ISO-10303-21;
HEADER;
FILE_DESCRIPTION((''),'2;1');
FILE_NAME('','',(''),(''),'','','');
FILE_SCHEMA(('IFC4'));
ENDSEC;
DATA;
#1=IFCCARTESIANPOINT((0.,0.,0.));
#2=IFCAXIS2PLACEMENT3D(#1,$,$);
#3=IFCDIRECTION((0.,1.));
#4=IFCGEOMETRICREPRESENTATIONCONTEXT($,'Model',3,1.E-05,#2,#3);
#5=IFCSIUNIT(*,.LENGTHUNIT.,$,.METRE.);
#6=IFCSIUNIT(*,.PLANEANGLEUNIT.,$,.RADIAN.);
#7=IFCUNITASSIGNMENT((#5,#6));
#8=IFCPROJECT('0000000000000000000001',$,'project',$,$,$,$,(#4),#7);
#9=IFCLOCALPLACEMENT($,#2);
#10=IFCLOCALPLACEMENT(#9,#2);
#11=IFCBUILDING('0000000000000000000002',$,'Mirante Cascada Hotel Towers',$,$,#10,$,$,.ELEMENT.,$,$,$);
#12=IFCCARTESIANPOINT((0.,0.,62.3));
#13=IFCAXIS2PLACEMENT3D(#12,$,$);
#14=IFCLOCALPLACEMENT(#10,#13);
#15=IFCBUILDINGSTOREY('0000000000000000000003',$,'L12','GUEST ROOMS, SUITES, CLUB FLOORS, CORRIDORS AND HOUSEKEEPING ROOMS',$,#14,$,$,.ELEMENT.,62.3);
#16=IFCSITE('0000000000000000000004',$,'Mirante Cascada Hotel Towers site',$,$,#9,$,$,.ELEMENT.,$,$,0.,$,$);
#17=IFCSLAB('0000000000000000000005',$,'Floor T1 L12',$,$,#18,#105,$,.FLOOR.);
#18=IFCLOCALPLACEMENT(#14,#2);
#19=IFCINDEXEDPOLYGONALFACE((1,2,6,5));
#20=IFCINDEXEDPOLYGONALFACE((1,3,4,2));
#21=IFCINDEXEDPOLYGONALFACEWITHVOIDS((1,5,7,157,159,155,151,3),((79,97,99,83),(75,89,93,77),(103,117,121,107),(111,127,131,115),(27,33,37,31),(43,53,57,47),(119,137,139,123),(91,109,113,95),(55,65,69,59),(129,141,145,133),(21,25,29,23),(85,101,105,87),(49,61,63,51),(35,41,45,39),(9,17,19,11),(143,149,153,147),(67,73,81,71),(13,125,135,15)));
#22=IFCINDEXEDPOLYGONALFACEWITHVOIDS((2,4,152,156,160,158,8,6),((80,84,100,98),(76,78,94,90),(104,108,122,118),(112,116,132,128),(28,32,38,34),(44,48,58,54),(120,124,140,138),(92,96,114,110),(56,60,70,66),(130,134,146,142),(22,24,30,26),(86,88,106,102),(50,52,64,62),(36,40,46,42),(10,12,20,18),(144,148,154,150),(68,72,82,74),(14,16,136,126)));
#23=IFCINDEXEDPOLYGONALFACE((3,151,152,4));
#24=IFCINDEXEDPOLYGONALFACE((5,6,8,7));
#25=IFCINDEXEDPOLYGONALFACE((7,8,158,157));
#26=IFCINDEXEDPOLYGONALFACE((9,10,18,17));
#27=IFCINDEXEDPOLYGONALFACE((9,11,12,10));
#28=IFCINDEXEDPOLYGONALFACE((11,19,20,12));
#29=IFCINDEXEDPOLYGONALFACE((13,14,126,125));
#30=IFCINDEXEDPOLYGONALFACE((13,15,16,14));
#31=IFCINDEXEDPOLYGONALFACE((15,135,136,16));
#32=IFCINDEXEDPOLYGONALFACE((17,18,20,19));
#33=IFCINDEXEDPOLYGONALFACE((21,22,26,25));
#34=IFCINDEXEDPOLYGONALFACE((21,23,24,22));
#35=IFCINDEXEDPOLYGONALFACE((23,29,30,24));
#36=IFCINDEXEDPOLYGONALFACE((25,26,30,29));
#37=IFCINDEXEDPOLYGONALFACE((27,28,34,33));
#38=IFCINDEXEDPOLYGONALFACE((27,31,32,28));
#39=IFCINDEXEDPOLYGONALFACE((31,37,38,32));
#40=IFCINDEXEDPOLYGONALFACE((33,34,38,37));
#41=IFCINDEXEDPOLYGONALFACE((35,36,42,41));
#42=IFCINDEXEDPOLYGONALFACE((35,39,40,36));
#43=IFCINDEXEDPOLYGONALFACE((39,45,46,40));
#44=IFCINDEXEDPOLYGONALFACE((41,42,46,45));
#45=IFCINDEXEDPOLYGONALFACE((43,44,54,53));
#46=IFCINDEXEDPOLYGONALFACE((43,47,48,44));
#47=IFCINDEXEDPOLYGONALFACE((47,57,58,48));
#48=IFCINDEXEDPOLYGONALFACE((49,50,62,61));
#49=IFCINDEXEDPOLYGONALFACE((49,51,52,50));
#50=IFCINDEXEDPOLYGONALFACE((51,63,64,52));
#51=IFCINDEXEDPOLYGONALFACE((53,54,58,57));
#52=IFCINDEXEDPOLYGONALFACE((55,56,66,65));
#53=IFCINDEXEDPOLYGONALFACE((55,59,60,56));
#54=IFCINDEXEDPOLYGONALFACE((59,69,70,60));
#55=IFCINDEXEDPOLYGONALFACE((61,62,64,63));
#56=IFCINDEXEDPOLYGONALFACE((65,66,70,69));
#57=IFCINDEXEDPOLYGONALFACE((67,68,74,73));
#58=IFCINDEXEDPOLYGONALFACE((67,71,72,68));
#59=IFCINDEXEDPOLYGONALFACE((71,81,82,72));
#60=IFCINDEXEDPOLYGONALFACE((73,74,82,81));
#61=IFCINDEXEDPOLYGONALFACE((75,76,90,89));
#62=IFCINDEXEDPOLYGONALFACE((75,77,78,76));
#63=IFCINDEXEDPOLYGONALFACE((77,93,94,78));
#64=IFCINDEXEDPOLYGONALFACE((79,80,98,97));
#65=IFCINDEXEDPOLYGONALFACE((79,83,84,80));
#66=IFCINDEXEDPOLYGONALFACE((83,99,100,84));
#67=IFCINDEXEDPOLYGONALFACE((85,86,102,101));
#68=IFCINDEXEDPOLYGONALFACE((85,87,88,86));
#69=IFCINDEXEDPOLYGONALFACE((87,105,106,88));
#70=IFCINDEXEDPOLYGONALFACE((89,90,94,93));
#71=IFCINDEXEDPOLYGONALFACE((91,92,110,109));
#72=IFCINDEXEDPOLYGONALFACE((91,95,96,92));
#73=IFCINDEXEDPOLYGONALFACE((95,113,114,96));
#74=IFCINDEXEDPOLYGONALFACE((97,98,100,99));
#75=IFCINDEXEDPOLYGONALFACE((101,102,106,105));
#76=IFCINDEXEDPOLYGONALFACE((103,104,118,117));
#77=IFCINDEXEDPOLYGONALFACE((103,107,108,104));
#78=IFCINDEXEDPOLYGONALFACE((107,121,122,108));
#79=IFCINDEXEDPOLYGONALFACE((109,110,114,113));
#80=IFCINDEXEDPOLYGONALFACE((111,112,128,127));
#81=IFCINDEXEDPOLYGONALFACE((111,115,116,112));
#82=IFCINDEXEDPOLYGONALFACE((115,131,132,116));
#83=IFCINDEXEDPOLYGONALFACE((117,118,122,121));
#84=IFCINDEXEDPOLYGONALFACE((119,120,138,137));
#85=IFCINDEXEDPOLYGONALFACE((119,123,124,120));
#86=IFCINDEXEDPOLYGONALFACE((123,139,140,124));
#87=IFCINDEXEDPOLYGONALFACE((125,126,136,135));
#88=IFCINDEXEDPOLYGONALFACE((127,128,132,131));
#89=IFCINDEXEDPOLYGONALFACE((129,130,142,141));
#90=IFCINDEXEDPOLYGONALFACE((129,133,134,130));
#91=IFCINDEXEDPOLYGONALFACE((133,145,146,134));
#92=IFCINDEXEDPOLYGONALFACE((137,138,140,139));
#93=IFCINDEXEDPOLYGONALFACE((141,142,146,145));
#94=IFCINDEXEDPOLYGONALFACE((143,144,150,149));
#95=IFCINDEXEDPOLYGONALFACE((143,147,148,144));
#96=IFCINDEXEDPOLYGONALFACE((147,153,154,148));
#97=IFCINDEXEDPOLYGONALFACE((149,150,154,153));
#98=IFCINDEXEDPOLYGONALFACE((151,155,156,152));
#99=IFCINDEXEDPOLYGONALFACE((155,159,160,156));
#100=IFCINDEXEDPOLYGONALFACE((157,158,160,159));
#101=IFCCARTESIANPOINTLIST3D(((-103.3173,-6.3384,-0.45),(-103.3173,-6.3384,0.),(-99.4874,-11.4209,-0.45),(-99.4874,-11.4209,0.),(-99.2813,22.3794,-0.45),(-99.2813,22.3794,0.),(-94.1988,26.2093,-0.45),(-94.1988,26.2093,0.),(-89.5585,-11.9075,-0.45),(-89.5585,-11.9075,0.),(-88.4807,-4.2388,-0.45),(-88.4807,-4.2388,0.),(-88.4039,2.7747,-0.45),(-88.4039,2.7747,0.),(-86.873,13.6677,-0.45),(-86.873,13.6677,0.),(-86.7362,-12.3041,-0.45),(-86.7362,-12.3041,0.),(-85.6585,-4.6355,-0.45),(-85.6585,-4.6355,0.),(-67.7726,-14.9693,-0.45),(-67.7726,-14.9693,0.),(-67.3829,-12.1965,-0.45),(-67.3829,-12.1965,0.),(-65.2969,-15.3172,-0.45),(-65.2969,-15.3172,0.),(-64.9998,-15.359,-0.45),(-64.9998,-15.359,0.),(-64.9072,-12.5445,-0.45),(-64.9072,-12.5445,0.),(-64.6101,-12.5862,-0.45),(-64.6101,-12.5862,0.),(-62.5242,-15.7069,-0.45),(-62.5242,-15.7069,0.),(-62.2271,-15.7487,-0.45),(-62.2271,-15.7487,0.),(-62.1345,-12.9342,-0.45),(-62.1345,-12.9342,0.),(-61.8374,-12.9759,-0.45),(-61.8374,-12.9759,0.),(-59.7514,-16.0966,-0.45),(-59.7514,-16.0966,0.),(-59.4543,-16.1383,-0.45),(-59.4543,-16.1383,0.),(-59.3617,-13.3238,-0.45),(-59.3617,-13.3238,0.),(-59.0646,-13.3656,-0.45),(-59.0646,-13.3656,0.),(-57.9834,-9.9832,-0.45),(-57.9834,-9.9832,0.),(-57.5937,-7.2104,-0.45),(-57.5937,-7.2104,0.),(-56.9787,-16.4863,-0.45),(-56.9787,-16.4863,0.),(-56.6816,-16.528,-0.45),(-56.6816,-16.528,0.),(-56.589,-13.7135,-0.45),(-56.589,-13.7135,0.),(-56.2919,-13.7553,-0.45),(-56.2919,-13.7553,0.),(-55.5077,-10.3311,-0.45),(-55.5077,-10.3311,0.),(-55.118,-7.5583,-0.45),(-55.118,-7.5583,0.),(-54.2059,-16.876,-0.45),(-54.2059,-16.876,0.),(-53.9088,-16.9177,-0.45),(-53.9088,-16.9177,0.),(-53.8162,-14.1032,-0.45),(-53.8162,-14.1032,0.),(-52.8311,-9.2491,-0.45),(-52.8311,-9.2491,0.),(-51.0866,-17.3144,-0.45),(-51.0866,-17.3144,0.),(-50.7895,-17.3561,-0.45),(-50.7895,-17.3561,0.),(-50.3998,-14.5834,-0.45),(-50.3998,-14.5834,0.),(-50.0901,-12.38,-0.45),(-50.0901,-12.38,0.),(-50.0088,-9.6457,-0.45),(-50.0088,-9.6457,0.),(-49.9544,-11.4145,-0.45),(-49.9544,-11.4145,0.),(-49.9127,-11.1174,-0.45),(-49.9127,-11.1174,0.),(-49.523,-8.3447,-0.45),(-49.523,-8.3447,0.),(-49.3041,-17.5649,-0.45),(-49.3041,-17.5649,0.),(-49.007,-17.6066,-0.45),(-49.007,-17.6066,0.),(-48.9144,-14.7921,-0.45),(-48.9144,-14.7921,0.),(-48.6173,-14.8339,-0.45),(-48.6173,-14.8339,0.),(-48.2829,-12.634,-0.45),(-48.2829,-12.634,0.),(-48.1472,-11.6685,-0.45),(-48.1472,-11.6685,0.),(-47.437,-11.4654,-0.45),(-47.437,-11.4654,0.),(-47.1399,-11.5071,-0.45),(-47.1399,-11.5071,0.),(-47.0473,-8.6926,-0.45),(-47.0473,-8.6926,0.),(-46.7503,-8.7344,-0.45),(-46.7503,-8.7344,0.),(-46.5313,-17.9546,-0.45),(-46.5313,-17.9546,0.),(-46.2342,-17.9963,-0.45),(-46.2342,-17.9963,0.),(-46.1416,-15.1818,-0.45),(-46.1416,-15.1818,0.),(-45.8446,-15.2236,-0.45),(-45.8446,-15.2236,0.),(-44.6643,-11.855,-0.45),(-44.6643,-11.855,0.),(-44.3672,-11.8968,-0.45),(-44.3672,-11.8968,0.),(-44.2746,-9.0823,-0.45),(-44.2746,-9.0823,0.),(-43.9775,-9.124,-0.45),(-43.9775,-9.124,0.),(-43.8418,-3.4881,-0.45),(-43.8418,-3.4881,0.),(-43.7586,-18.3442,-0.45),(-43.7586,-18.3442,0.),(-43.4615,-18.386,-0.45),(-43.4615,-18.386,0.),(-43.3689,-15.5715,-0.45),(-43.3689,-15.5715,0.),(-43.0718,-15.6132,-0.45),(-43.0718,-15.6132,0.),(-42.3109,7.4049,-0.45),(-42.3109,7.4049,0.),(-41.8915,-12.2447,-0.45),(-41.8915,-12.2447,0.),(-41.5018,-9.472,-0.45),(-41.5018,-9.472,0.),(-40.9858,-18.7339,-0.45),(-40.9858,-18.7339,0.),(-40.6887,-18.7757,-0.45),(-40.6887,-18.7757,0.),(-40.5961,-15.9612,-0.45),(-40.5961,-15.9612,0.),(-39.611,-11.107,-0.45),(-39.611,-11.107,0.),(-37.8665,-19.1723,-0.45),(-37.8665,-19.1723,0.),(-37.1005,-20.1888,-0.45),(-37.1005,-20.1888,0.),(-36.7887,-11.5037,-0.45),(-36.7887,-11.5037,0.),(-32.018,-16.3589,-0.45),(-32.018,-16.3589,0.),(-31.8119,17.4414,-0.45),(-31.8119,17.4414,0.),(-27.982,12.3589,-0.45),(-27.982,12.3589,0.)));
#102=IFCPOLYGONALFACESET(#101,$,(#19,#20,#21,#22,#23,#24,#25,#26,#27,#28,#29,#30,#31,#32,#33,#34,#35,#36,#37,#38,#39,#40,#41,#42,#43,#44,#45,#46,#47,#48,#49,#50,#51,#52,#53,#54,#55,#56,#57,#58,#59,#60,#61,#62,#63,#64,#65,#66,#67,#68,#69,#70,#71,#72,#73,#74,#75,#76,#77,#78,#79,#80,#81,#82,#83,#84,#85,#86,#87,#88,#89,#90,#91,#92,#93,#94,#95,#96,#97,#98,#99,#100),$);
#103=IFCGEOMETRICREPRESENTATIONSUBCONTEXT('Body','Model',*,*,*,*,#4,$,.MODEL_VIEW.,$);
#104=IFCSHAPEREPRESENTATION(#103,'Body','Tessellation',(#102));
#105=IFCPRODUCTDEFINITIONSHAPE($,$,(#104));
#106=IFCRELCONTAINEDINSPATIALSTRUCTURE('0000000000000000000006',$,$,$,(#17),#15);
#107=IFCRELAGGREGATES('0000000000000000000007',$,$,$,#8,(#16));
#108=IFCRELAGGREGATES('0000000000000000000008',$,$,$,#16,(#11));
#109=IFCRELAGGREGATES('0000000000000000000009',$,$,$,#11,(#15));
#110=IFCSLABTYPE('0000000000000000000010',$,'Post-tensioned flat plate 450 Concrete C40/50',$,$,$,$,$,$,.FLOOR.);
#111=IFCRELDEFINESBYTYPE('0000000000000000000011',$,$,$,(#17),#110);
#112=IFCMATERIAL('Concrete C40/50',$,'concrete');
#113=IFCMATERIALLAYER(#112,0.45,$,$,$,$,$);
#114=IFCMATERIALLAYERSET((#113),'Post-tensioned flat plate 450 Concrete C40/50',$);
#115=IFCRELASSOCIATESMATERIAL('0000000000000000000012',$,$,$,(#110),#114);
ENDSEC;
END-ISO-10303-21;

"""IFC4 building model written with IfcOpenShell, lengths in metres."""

from ifc_helpers import new_model, si_unit, direction, frame, origin, place, context, subcontext, project, spatial, polyline, outline, extrude, material, layer, layer_set, type_object, element, save


model = new_model("IFC4")

# Units and contexts
model_context = context("Model", 3, precision=1e-05, world=origin(), true_north=direction((0.0, 1.0)))
body_context = subcontext(model_context, "Body", "Model", "MODEL_VIEW")
ifc_project = project(units=[si_unit("LENGTHUNIT", "METRE"), si_unit("PLANEANGLEUNIT", "RADIAN")], contexts=[model_context])

# Site, building, storey
site_placement = place(None, origin())
site = spatial("IfcSite", under=ifc_project, at=site_placement, Name="Mirante Cascada Hotel Towers site", CompositionType="ELEMENT", RefElevation=0.0)
building_placement = place(site_placement, origin())
building = spatial("IfcBuilding", under=site, at=building_placement, Name="Mirante Cascada Hotel Towers", CompositionType="ELEMENT")
storey_placement = place(building_placement, frame((0.0, 0.0, 62.3)))
storey = spatial("IfcBuildingStorey", under=building, at=storey_placement, Name="L12", Description="GUEST ROOMS, SUITES, CLUB FLOORS, CORRIDORS AND HOUSEKEEPING ROOMS", CompositionType="ELEMENT", Elevation=62.3)

# Slab
ifc_material_1 = material(Name="Concrete C40/50", Category="concrete")
ifc_layer_1 = layer(ifc_material_1, 0.45)
ifc_layer_set_1 = layer_set([ifc_layer_1], Name="Post-tensioned flat plate 450 Concrete C40/50")
slab_type = type_object("IfcSlabType", Name="Post-tensioned flat plate 450 Concrete C40/50", PredefinedType="FLOOR", material=ifc_layer_set_1)
slab_1_placement = place(storey_placement, frame((0.0, 0.0, -0.45)))
element("IfcSlab", 1, at=slab_1_placement, inside=storey, type_object=slab_type, Name="Floor T1 L12", PredefinedType="FLOOR", context=body_context, shape_type="SweptSolid", body=[
    extrude(outline(polyline([(-32.018, -16.3589), (-27.982, 12.3589), (-31.8119, 17.4414), (-94.1988, 26.2093), (-99.2813, 22.3794), (-103.3173, -6.3384), (-99.4874, -11.4209), (-37.1005, -20.1888), (-32.018, -16.3589)]), holes=[polyline([(-43.0718, -15.6132), (-40.5961, -15.9612), (-40.9858, -18.7339), (-43.4615, -18.386), (-43.0718, -15.6132)]), polyline([(-45.8446, -15.2236), (-43.3689, -15.5715), (-43.7586, -18.3442), (-46.2342, -17.9963), (-45.8446, -15.2236)]), polyline([(-48.6173, -14.8339), (-46.1416, -15.1818), (-46.5313, -17.9546), (-49.007, -17.6066), (-48.6173, -14.8339)]), polyline([(-50.3998, -14.5834), (-48.9144, -14.7921), (-49.3041, -17.5649), (-50.7895, -17.3561), (-50.3998, -14.5834)]), polyline([(-36.7887, -11.5037), (-37.8665, -19.1723), (-40.6887, -18.7757), (-39.611, -11.107), (-36.7887, -11.5037)]), polyline([(-49.9544, -11.4145), (-48.1472, -11.6685), (-48.2829, -12.634), (-50.0901, -12.38), (-49.9544, -11.4145)]), polyline([(-43.9775, -9.124), (-41.5018, -9.472), (-41.8915, -12.2447), (-44.3672, -11.8968), (-43.9775, -9.124)]), polyline([(-47.1399, -11.5071), (-46.7503, -8.7344), (-44.2746, -9.0823), (-44.6643, -11.855), (-47.1399, -11.5071)]), polyline([(-49.9127, -11.1174), (-49.523, -8.3447), (-47.0473, -8.6926), (-47.437, -11.4654), (-49.9127, -11.1174)]), polyline([(-56.2919, -13.7553), (-53.8162, -14.1032), (-54.2059, -16.876), (-56.6816, -16.528), (-56.2919, -13.7553)]), polyline([(-59.0646, -13.3656), (-56.589, -13.7135), (-56.9787, -16.4863), (-59.4543, -16.1383), (-59.0646, -13.3656)]), polyline([(-61.8374, -12.9759), (-59.3617, -13.3238), (-59.7514, -16.0966), (-62.2271, -15.7487), (-61.8374, -12.9759)]), polyline([(-64.6101, -12.5862), (-62.1345, -12.9342), (-62.5242, -15.7069), (-64.9998, -15.359), (-64.6101, -12.5862)]), polyline([(-67.3829, -12.1965), (-64.9072, -12.5445), (-65.2969, -15.3172), (-67.7726, -14.9693), (-67.3829, -12.1965)]), polyline([(-50.0088, -9.6457), (-51.0866, -17.3144), (-53.9088, -16.9177), (-52.8311, -9.2491), (-50.0088, -9.6457)]), polyline([(-85.6585, -4.6355), (-86.7362, -12.3041), (-89.5585, -11.9075), (-88.4807, -4.2388), (-85.6585, -4.6355)]), polyline([(-57.9834, -9.9832), (-57.5937, -7.2104), (-55.118, -7.5583), (-55.5077, -10.3311), (-57.9834, -9.9832)]), polyline([(-88.4039, 2.7747), (-86.873, 13.6677), (-42.3109, 7.4049), (-43.8418, -3.4881), (-88.4039, 2.7747)])]), origin(), (0.0, 0.0, 1.0), 0.45),
])

save(model, "model.ifc")
